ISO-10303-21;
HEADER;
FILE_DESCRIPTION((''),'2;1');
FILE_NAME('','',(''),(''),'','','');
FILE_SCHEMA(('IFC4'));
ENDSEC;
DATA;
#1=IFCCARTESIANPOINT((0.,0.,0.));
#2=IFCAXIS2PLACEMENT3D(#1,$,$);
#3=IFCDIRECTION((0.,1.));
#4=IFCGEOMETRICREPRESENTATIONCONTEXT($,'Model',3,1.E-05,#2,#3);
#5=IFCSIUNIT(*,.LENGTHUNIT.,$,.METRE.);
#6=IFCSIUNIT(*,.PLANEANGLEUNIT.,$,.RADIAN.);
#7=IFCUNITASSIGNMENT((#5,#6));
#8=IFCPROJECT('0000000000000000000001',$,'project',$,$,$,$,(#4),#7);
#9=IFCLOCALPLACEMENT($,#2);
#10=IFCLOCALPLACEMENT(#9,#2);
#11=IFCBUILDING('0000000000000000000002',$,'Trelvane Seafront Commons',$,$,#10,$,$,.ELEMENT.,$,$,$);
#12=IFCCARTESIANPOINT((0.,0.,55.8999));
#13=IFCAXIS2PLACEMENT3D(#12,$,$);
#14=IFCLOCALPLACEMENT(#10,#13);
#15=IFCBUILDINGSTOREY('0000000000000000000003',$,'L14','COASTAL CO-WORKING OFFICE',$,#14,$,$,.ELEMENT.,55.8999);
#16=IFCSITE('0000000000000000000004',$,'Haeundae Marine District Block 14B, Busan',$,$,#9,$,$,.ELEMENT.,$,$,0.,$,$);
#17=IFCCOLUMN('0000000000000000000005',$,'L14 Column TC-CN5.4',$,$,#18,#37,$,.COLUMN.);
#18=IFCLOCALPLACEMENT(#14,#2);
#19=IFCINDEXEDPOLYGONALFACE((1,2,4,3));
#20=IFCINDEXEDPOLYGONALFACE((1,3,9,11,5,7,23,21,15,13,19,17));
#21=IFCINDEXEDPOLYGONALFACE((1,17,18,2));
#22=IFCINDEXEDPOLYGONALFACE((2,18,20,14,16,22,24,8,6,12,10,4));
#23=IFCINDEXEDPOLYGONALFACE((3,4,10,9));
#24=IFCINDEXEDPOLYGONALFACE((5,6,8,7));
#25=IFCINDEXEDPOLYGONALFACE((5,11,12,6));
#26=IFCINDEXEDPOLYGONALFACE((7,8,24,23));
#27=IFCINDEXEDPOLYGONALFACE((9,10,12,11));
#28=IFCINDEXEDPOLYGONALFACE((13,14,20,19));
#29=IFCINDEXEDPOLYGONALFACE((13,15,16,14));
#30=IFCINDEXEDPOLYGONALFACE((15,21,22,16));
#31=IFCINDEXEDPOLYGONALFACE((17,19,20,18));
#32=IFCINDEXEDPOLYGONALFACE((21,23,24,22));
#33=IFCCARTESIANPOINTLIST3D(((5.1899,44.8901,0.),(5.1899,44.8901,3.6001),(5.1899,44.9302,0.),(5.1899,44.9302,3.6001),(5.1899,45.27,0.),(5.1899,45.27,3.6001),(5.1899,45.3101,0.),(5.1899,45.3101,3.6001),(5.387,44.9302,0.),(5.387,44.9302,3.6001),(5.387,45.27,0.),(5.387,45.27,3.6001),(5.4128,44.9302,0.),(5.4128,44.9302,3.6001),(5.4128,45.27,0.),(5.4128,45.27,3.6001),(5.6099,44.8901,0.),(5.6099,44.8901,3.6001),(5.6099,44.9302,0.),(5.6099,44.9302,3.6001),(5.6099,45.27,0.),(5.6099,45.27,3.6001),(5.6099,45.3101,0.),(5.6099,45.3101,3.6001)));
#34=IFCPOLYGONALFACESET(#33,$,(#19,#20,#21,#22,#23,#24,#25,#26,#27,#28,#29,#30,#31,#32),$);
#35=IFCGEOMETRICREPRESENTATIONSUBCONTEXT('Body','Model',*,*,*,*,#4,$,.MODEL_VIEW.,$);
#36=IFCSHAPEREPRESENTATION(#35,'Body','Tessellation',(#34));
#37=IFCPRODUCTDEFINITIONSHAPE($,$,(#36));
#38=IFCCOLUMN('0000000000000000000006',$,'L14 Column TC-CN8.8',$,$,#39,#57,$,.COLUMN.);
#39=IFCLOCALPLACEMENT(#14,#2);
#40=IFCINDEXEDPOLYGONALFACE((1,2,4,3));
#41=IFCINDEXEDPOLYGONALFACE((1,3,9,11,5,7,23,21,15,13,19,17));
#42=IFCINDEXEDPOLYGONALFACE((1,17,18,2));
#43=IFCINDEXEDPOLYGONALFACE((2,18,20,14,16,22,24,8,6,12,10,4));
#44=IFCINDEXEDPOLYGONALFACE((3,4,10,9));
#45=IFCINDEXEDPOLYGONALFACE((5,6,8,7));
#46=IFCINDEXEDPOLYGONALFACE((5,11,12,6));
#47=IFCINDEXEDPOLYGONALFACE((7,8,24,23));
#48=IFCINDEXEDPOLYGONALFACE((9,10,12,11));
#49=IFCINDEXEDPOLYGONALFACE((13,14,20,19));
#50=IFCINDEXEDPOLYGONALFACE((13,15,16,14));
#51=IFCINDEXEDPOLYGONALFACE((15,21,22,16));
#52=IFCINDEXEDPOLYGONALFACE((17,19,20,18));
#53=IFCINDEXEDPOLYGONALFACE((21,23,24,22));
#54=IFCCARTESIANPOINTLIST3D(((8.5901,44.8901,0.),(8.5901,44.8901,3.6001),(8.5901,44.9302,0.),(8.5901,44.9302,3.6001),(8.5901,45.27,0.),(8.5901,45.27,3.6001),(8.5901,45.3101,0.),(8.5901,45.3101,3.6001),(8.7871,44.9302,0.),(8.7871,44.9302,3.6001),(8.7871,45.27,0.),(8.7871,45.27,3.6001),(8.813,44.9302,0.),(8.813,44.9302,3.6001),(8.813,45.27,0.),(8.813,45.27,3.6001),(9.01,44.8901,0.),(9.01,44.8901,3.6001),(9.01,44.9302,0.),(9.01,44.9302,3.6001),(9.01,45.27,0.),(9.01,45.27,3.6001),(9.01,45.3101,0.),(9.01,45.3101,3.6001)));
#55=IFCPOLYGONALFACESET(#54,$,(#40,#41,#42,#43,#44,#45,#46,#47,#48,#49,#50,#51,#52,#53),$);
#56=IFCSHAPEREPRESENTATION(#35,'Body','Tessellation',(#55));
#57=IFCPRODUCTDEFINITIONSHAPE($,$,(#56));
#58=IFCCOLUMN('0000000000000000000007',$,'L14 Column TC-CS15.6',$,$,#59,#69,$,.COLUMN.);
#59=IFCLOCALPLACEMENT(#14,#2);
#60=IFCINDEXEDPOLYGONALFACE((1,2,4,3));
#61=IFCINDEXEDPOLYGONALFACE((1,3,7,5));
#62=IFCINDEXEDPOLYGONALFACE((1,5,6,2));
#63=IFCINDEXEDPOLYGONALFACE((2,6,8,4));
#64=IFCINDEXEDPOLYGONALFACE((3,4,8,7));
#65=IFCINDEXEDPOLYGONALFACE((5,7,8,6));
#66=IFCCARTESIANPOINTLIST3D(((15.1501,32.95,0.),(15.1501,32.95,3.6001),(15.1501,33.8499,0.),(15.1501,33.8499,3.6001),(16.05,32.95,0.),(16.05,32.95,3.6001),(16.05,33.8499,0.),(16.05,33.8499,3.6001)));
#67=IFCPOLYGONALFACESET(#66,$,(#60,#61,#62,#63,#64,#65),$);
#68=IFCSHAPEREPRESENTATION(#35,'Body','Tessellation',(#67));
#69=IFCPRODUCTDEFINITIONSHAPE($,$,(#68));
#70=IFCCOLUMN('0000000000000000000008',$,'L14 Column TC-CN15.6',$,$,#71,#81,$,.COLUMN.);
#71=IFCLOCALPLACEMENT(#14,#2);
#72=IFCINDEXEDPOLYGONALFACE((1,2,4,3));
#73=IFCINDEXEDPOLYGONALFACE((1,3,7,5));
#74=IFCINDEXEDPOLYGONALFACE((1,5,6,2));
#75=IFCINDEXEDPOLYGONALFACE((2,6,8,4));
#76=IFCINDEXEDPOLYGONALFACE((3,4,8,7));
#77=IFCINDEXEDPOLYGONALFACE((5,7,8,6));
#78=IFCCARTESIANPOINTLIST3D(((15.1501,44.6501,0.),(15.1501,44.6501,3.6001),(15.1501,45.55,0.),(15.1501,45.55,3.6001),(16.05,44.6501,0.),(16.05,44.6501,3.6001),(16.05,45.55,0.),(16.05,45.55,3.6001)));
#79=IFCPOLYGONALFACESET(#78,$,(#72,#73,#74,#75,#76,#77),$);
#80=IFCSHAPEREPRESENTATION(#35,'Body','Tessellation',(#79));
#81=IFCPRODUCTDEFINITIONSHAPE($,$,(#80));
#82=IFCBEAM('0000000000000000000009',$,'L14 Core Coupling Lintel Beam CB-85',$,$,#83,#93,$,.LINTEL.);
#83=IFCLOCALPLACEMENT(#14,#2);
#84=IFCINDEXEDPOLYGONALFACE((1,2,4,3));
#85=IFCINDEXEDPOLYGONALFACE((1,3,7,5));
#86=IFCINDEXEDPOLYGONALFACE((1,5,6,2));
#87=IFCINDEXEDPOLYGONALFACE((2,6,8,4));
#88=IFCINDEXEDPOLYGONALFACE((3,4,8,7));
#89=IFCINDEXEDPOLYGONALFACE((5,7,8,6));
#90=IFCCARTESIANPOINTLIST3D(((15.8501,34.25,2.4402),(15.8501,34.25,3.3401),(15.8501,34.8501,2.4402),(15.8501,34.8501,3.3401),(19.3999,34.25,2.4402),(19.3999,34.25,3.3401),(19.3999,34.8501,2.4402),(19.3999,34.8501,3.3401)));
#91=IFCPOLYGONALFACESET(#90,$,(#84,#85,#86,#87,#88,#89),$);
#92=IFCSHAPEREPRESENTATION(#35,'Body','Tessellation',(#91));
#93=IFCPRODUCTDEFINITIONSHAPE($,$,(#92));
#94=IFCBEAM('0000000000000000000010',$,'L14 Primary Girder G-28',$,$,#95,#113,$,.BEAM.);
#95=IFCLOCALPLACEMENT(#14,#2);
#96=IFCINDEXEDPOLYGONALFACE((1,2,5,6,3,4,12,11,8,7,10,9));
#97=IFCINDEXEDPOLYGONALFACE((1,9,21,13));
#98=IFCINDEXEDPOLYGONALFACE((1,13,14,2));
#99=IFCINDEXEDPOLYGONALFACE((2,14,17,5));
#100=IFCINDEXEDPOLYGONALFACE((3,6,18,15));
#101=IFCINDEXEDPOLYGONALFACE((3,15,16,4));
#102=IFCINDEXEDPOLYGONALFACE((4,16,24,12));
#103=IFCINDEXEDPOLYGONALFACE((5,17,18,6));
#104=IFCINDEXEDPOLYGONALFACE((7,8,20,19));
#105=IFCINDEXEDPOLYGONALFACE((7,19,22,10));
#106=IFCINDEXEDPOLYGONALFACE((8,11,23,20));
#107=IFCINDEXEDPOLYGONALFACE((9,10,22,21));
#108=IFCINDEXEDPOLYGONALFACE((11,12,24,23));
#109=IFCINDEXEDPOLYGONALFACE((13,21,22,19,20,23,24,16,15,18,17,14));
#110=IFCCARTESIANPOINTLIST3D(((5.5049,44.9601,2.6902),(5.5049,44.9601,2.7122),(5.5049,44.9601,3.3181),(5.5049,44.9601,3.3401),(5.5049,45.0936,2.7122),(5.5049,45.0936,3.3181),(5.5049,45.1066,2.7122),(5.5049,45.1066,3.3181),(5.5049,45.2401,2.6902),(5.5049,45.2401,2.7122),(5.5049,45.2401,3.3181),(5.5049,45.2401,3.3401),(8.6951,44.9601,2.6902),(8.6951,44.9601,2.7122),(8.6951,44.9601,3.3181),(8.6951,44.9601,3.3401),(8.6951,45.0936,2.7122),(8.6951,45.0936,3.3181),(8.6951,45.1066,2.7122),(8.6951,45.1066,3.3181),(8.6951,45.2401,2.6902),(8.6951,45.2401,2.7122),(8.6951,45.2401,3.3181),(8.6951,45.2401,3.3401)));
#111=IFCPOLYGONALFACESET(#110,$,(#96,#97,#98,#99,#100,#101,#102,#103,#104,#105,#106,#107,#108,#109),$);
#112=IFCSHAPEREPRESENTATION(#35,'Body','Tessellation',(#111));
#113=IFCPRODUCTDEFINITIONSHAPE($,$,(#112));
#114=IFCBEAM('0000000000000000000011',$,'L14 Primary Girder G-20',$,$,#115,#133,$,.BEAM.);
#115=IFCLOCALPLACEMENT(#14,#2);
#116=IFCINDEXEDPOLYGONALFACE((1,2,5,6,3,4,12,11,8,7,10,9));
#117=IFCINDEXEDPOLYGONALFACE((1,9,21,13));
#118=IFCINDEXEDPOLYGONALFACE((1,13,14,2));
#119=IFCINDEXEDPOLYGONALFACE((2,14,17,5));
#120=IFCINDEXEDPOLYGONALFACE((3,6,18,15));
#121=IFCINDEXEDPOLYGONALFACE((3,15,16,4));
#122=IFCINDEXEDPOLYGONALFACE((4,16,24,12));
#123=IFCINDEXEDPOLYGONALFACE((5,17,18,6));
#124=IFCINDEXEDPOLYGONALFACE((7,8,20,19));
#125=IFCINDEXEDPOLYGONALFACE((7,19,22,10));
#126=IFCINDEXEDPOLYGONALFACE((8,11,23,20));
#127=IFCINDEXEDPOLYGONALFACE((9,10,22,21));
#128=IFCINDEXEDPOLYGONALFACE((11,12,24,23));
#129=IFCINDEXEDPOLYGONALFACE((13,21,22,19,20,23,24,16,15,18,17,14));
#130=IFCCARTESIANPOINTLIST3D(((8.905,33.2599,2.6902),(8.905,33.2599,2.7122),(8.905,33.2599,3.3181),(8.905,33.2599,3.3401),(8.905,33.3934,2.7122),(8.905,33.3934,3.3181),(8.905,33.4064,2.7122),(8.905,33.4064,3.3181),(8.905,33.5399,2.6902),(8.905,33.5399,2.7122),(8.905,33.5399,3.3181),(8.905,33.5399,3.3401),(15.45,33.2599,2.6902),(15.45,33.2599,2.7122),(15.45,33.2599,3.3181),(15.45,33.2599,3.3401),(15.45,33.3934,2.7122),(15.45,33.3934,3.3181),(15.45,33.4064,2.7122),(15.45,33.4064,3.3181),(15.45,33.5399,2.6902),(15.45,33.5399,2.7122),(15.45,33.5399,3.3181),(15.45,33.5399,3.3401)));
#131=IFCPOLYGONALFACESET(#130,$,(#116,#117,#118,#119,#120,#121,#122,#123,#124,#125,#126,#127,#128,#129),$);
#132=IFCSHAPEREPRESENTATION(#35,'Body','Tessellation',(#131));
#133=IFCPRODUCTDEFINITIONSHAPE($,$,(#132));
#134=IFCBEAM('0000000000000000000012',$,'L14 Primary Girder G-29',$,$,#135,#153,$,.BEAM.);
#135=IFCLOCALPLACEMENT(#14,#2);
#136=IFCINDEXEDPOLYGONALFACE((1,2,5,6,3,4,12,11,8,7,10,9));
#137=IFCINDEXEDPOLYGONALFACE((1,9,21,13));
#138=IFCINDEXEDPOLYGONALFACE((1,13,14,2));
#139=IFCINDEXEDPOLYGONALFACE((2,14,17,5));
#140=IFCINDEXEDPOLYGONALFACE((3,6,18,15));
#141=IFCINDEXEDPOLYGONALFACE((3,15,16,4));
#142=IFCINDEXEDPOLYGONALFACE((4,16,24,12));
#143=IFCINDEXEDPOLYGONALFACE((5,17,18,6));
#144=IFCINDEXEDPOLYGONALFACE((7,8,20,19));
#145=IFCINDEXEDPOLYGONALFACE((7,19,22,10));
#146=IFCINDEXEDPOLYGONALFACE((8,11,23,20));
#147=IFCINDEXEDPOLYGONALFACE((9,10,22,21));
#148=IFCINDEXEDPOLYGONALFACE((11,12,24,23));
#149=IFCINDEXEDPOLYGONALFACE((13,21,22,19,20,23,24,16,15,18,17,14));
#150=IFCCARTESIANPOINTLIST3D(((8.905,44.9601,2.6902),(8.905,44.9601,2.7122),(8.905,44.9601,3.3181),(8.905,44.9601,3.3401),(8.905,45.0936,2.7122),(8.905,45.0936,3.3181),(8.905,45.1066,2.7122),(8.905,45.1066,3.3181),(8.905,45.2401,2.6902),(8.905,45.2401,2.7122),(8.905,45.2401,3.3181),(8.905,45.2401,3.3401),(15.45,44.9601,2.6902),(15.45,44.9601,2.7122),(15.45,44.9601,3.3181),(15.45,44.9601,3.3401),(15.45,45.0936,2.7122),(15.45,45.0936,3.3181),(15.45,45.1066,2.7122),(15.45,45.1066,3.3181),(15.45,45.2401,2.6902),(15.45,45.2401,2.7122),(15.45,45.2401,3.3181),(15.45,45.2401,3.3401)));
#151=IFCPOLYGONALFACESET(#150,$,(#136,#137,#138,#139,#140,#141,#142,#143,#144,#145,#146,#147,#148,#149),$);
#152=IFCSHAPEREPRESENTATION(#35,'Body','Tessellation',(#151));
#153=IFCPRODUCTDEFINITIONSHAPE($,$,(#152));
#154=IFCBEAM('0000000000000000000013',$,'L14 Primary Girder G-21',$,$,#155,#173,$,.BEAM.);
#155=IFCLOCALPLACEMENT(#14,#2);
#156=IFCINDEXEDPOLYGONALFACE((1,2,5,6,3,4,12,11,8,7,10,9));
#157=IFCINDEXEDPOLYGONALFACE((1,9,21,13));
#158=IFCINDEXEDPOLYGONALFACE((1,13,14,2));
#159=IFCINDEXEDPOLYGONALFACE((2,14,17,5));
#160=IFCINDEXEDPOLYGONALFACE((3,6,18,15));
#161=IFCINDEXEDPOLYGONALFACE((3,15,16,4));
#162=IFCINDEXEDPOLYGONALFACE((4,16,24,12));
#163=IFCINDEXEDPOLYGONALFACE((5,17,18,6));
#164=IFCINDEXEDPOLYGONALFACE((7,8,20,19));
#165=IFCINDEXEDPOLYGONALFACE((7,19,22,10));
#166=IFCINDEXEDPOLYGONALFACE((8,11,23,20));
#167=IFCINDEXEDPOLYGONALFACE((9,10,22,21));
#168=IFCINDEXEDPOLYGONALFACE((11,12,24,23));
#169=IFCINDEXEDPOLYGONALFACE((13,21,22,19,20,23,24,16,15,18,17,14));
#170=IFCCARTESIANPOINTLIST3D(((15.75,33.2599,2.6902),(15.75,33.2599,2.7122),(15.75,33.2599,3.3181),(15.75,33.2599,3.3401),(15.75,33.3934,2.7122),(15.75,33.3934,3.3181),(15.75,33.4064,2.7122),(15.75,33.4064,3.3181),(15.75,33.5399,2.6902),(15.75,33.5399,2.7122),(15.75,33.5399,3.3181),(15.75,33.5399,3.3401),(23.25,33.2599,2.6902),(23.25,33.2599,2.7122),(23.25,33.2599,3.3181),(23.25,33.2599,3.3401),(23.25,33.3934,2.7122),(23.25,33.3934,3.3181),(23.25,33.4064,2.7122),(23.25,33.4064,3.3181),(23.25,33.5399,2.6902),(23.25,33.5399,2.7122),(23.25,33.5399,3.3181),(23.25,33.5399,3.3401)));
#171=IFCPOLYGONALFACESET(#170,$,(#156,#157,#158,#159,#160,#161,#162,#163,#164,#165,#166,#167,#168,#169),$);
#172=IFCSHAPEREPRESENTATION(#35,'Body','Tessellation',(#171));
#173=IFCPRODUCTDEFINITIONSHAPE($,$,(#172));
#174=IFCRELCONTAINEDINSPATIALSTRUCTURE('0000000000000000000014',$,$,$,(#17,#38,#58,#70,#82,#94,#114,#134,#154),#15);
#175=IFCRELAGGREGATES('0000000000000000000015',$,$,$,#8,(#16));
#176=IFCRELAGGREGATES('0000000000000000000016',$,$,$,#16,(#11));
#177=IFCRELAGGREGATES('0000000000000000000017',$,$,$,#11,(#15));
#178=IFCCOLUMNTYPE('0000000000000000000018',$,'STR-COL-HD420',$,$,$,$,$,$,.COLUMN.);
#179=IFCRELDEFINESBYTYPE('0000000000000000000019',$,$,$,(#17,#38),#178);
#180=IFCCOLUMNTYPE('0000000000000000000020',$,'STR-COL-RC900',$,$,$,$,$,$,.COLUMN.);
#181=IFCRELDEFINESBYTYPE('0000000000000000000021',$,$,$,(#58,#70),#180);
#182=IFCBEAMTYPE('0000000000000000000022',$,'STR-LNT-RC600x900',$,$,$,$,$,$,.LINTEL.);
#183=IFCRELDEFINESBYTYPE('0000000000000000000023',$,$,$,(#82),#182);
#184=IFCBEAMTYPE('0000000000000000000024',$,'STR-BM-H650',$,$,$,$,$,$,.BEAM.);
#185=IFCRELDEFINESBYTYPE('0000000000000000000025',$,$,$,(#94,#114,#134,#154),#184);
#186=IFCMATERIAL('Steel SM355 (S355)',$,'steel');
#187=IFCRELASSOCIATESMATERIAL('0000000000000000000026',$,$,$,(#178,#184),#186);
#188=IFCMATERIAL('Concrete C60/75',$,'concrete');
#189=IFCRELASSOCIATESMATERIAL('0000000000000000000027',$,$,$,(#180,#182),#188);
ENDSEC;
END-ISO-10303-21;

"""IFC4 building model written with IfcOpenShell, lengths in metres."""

from ifc_helpers import new_model, si_unit, direction, frame, origin, origin_2d, place, context, subcontext, project, spatial, rectangle, i_section, extrude, source, transform, mapped, material, material_profile, profile_set, type_object, element, save


model = new_model("IFC4")

# Units and contexts
model_context = context("Model", 3, precision=1e-05, world=origin(), true_north=direction((0.0, 1.0)))
body_context = subcontext(model_context, "Body", "Model", "MODEL_VIEW")
ifc_project = project(units=[si_unit("LENGTHUNIT", "METRE"), si_unit("PLANEANGLEUNIT", "RADIAN")], contexts=[model_context])

# Site, building, storey
site_placement = place(None, origin())
site = spatial("IfcSite", under=ifc_project, at=site_placement, Name="Haeundae Marine District Block 14B, Busan", CompositionType="ELEMENT", RefElevation=0.0)
building_placement = place(site_placement, origin())
building = spatial("IfcBuilding", under=site, at=building_placement, Name="Trelvane Seafront Commons", CompositionType="ELEMENT")
storey_placement = place(building_placement, frame((0.0, 0.0, 55.8999)))
storey = spatial("IfcBuildingStorey", under=building, at=storey_placement, Name="L14", Description="COASTAL CO-WORKING OFFICE", CompositionType="ELEMENT", Elevation=55.8999)

# Columns
ifc_material_1 = material(Name="Steel SM355 (S355)", Category="steel")
ifc_material_profile_1 = material_profile(ifc_material_1, i_section(OverallWidth=0.4199, OverallDepth=0.4199, WebThickness=0.0259, FlangeThickness=0.04, at=origin_2d()), Name="HD-420x420x26x40")
ifc_profile_set_1 = profile_set([ifc_material_profile_1], Name="Steel SM355 (S355)")
column_type_1 = type_object("IfcColumnType", Name="STR-COL-HD420", PredefinedType="COLUMN", material=ifc_profile_set_1)
shared_shape_1 = source(origin(), body_context, "Body", "SweptSolid", [
    extrude(i_section(OverallWidth=0.4199, OverallDepth=0.4199, WebThickness=0.0259, FlangeThickness=0.04, at=origin_2d()), origin(), (0.0, 0.0, 1.0), 3.6001),
])
for number, where, z_axis, x_axis, name in (
    (1, (5.3999, 45.1001, 0.0), (0.0, 0.0, 1.0), (1.0, 0.0, 0.0), "L14 Column TC-CN5.4"),
    (2, (8.8, 45.1001, 0.0), (0.0, 0.0, 1.0), (1.0, 0.0, 0.0), "L14 Column TC-CN8.8"),
):
    element("IfcColumn", number, at=place(storey_placement, frame(where, z_axis=z_axis, x_axis=x_axis)), inside=storey, type_object=column_type_1, Name=name, PredefinedType="COLUMN", context=body_context, shape_type="MappedRepresentation", body=[
        mapped(shared_shape_1, transform((0.0, 0.0, 0.0), x_axis=(1.0, 0.0, 0.0), y_axis=(0.0, 1.0, 0.0), z_axis=(0.0, 0.0, 1.0), scale=1.0)),
    ])
ifc_material_2 = material(Name="Concrete C60/75", Category="concrete")
ifc_material_profile_2 = material_profile(ifc_material_2, rectangle(XDim=0.8999, YDim=0.8999, at=origin_2d()), Name="RC-900x900")
ifc_profile_set_2 = profile_set([ifc_material_profile_2], Name="Concrete C60/75")
column_type_2 = type_object("IfcColumnType", Name="STR-COL-RC900", PredefinedType="COLUMN", material=ifc_profile_set_2)
shared_shape_2 = source(origin(), body_context, "Body", "SweptSolid", [
    extrude(rectangle(XDim=0.8999, YDim=0.8999, at=origin_2d()), origin(), (0.0, 0.0, 1.0), 3.6001),
])
for number, where, z_axis, x_axis, name in (
    (3, (15.6001, 33.3999, 0.0), (0.0, 0.0, 1.0), (1.0, 0.0, 0.0), "L14 Column TC-CS15.6"),
    (4, (15.6001, 45.1001, 0.0), (0.0, 0.0, 1.0), (1.0, 0.0, 0.0), "L14 Column TC-CN15.6"),
):
    element("IfcColumn", number, at=place(storey_placement, frame(where, z_axis=z_axis, x_axis=x_axis)), inside=storey, type_object=column_type_2, Name=name, PredefinedType="COLUMN", context=body_context, shape_type="MappedRepresentation", body=[
        mapped(shared_shape_2, transform((0.0, 0.0, 0.0), x_axis=(1.0, 0.0, 0.0), y_axis=(0.0, 1.0, 0.0), z_axis=(0.0, 0.0, 1.0), scale=1.0)),
    ])

# Beams
ifc_material_profile_3 = material_profile(ifc_material_2, rectangle(XDim=0.6001, YDim=0.8999, at=origin_2d()), Name="RC-600x900")
ifc_profile_set_3 = profile_set([ifc_material_profile_3], Name="Concrete C60/75")
beam_type_1 = type_object("IfcBeamType", Name="STR-LNT-RC600x900", PredefinedType="LINTEL", material=ifc_profile_set_3)
shared_shape_3 = source(origin(), body_context, "Body", "SweptSolid", [
    extrude(rectangle(XDim=0.6001, YDim=0.8999, at=origin_2d()), origin(), (0.0, 0.0, 1.0), 3.5498),
])
beam_1_placement = place(storey_placement, frame((15.8501, 34.55, 2.8901), z_axis=(1.0, 0.0, 0.0), x_axis=(0.0, 1.0, 0.0)))
element("IfcBeam", 5, at=beam_1_placement, inside=storey, type_object=beam_type_1, Name="L14 Core Coupling Lintel Beam CB-85", PredefinedType="LINTEL", context=body_context, shape_type="MappedRepresentation", body=[
    mapped(shared_shape_3, transform((0.0, 0.0, 0.0), x_axis=(1.0, 0.0, 0.0), y_axis=(0.0, 1.0, 0.0), z_axis=(0.0, 0.0, 1.0), scale=1.0)),
])
ifc_material_profile_4 = material_profile(ifc_material_1, i_section(OverallWidth=0.28, OverallDepth=0.6499, WebThickness=0.0129, FlangeThickness=0.022, at=origin_2d()), Name="H-650x280x13x22")
ifc_profile_set_4 = profile_set([ifc_material_profile_4], Name="Steel SM355 (S355)")
beam_type_2 = type_object("IfcBeamType", Name="STR-BM-H650", PredefinedType="BEAM", material=ifc_profile_set_4)
shared_shape_4 = source(origin(), body_context, "Body", "SweptSolid", [
    extrude(i_section(OverallWidth=0.28, OverallDepth=0.6499, WebThickness=0.0129, FlangeThickness=0.022, at=origin_2d()), origin(), (0.0, 0.0, 1.0), 3.1902),
])
beam_2_placement = place(storey_placement, frame((5.5049, 45.1001, 3.0151), z_axis=(1.0, 0.0, 0.0), x_axis=(0.0, 1.0, 0.0)))
element("IfcBeam", 6, at=beam_2_placement, inside=storey, type_object=beam_type_2, Name="L14 Primary Girder G-28", PredefinedType="BEAM", context=body_context, shape_type="MappedRepresentation", body=[
    mapped(shared_shape_4, transform((0.0, 0.0, 0.0), x_axis=(1.0, 0.0, 0.0), y_axis=(0.0, 1.0, 0.0), z_axis=(0.0, 0.0, 1.0), scale=1.0)),
])
shared_shape_5 = source(origin(), body_context, "Body", "SweptSolid", [
    extrude(i_section(OverallWidth=0.28, OverallDepth=0.6499, WebThickness=0.0129, FlangeThickness=0.022, at=origin_2d()), origin(), (0.0, 0.0, 1.0), 6.5449),
])
for number, where, z_axis, x_axis, name in (
    (7, (8.905, 33.3999, 3.0151), (1.0, 0.0, 0.0), (0.0, 1.0, 0.0), "L14 Primary Girder G-20"),
    (8, (8.905, 45.1001, 3.0151), (1.0, 0.0, 0.0), (0.0, 1.0, 0.0), "L14 Primary Girder G-29"),
):
    element("IfcBeam", number, at=place(storey_placement, frame(where, z_axis=z_axis, x_axis=x_axis)), inside=storey, type_object=beam_type_2, Name=name, PredefinedType="BEAM", context=body_context, shape_type="MappedRepresentation", body=[
        mapped(shared_shape_5, transform((0.0, 0.0, 0.0), x_axis=(1.0, 0.0, 0.0), y_axis=(0.0, 1.0, 0.0), z_axis=(0.0, 0.0, 1.0), scale=1.0)),
    ])
shared_shape_6 = source(origin(), body_context, "Body", "SweptSolid", [
    extrude(i_section(OverallWidth=0.28, OverallDepth=0.6499, WebThickness=0.0129, FlangeThickness=0.022, at=origin_2d()), origin(), (0.0, 0.0, 1.0), 7.5),
])
for number, where, z_axis, x_axis, name in (
    (9, (15.75, 33.3999, 3.0151), (1.0, 0.0, 0.0), (0.0, 1.0, 0.0), "L14 Primary Girder G-21"),
):
    element("IfcBeam", number, at=place(storey_placement, frame(where, z_axis=z_axis, x_axis=x_axis)), inside=storey, type_object=beam_type_2, Name=name, PredefinedType="BEAM", context=body_context, shape_type="MappedRepresentation", body=[
        mapped(shared_shape_6, transform((0.0, 0.0, 0.0), x_axis=(1.0, 0.0, 0.0), y_axis=(0.0, 1.0, 0.0), z_axis=(0.0, 0.0, 1.0), scale=1.0)),
    ])

save(model, "model.ifc")
